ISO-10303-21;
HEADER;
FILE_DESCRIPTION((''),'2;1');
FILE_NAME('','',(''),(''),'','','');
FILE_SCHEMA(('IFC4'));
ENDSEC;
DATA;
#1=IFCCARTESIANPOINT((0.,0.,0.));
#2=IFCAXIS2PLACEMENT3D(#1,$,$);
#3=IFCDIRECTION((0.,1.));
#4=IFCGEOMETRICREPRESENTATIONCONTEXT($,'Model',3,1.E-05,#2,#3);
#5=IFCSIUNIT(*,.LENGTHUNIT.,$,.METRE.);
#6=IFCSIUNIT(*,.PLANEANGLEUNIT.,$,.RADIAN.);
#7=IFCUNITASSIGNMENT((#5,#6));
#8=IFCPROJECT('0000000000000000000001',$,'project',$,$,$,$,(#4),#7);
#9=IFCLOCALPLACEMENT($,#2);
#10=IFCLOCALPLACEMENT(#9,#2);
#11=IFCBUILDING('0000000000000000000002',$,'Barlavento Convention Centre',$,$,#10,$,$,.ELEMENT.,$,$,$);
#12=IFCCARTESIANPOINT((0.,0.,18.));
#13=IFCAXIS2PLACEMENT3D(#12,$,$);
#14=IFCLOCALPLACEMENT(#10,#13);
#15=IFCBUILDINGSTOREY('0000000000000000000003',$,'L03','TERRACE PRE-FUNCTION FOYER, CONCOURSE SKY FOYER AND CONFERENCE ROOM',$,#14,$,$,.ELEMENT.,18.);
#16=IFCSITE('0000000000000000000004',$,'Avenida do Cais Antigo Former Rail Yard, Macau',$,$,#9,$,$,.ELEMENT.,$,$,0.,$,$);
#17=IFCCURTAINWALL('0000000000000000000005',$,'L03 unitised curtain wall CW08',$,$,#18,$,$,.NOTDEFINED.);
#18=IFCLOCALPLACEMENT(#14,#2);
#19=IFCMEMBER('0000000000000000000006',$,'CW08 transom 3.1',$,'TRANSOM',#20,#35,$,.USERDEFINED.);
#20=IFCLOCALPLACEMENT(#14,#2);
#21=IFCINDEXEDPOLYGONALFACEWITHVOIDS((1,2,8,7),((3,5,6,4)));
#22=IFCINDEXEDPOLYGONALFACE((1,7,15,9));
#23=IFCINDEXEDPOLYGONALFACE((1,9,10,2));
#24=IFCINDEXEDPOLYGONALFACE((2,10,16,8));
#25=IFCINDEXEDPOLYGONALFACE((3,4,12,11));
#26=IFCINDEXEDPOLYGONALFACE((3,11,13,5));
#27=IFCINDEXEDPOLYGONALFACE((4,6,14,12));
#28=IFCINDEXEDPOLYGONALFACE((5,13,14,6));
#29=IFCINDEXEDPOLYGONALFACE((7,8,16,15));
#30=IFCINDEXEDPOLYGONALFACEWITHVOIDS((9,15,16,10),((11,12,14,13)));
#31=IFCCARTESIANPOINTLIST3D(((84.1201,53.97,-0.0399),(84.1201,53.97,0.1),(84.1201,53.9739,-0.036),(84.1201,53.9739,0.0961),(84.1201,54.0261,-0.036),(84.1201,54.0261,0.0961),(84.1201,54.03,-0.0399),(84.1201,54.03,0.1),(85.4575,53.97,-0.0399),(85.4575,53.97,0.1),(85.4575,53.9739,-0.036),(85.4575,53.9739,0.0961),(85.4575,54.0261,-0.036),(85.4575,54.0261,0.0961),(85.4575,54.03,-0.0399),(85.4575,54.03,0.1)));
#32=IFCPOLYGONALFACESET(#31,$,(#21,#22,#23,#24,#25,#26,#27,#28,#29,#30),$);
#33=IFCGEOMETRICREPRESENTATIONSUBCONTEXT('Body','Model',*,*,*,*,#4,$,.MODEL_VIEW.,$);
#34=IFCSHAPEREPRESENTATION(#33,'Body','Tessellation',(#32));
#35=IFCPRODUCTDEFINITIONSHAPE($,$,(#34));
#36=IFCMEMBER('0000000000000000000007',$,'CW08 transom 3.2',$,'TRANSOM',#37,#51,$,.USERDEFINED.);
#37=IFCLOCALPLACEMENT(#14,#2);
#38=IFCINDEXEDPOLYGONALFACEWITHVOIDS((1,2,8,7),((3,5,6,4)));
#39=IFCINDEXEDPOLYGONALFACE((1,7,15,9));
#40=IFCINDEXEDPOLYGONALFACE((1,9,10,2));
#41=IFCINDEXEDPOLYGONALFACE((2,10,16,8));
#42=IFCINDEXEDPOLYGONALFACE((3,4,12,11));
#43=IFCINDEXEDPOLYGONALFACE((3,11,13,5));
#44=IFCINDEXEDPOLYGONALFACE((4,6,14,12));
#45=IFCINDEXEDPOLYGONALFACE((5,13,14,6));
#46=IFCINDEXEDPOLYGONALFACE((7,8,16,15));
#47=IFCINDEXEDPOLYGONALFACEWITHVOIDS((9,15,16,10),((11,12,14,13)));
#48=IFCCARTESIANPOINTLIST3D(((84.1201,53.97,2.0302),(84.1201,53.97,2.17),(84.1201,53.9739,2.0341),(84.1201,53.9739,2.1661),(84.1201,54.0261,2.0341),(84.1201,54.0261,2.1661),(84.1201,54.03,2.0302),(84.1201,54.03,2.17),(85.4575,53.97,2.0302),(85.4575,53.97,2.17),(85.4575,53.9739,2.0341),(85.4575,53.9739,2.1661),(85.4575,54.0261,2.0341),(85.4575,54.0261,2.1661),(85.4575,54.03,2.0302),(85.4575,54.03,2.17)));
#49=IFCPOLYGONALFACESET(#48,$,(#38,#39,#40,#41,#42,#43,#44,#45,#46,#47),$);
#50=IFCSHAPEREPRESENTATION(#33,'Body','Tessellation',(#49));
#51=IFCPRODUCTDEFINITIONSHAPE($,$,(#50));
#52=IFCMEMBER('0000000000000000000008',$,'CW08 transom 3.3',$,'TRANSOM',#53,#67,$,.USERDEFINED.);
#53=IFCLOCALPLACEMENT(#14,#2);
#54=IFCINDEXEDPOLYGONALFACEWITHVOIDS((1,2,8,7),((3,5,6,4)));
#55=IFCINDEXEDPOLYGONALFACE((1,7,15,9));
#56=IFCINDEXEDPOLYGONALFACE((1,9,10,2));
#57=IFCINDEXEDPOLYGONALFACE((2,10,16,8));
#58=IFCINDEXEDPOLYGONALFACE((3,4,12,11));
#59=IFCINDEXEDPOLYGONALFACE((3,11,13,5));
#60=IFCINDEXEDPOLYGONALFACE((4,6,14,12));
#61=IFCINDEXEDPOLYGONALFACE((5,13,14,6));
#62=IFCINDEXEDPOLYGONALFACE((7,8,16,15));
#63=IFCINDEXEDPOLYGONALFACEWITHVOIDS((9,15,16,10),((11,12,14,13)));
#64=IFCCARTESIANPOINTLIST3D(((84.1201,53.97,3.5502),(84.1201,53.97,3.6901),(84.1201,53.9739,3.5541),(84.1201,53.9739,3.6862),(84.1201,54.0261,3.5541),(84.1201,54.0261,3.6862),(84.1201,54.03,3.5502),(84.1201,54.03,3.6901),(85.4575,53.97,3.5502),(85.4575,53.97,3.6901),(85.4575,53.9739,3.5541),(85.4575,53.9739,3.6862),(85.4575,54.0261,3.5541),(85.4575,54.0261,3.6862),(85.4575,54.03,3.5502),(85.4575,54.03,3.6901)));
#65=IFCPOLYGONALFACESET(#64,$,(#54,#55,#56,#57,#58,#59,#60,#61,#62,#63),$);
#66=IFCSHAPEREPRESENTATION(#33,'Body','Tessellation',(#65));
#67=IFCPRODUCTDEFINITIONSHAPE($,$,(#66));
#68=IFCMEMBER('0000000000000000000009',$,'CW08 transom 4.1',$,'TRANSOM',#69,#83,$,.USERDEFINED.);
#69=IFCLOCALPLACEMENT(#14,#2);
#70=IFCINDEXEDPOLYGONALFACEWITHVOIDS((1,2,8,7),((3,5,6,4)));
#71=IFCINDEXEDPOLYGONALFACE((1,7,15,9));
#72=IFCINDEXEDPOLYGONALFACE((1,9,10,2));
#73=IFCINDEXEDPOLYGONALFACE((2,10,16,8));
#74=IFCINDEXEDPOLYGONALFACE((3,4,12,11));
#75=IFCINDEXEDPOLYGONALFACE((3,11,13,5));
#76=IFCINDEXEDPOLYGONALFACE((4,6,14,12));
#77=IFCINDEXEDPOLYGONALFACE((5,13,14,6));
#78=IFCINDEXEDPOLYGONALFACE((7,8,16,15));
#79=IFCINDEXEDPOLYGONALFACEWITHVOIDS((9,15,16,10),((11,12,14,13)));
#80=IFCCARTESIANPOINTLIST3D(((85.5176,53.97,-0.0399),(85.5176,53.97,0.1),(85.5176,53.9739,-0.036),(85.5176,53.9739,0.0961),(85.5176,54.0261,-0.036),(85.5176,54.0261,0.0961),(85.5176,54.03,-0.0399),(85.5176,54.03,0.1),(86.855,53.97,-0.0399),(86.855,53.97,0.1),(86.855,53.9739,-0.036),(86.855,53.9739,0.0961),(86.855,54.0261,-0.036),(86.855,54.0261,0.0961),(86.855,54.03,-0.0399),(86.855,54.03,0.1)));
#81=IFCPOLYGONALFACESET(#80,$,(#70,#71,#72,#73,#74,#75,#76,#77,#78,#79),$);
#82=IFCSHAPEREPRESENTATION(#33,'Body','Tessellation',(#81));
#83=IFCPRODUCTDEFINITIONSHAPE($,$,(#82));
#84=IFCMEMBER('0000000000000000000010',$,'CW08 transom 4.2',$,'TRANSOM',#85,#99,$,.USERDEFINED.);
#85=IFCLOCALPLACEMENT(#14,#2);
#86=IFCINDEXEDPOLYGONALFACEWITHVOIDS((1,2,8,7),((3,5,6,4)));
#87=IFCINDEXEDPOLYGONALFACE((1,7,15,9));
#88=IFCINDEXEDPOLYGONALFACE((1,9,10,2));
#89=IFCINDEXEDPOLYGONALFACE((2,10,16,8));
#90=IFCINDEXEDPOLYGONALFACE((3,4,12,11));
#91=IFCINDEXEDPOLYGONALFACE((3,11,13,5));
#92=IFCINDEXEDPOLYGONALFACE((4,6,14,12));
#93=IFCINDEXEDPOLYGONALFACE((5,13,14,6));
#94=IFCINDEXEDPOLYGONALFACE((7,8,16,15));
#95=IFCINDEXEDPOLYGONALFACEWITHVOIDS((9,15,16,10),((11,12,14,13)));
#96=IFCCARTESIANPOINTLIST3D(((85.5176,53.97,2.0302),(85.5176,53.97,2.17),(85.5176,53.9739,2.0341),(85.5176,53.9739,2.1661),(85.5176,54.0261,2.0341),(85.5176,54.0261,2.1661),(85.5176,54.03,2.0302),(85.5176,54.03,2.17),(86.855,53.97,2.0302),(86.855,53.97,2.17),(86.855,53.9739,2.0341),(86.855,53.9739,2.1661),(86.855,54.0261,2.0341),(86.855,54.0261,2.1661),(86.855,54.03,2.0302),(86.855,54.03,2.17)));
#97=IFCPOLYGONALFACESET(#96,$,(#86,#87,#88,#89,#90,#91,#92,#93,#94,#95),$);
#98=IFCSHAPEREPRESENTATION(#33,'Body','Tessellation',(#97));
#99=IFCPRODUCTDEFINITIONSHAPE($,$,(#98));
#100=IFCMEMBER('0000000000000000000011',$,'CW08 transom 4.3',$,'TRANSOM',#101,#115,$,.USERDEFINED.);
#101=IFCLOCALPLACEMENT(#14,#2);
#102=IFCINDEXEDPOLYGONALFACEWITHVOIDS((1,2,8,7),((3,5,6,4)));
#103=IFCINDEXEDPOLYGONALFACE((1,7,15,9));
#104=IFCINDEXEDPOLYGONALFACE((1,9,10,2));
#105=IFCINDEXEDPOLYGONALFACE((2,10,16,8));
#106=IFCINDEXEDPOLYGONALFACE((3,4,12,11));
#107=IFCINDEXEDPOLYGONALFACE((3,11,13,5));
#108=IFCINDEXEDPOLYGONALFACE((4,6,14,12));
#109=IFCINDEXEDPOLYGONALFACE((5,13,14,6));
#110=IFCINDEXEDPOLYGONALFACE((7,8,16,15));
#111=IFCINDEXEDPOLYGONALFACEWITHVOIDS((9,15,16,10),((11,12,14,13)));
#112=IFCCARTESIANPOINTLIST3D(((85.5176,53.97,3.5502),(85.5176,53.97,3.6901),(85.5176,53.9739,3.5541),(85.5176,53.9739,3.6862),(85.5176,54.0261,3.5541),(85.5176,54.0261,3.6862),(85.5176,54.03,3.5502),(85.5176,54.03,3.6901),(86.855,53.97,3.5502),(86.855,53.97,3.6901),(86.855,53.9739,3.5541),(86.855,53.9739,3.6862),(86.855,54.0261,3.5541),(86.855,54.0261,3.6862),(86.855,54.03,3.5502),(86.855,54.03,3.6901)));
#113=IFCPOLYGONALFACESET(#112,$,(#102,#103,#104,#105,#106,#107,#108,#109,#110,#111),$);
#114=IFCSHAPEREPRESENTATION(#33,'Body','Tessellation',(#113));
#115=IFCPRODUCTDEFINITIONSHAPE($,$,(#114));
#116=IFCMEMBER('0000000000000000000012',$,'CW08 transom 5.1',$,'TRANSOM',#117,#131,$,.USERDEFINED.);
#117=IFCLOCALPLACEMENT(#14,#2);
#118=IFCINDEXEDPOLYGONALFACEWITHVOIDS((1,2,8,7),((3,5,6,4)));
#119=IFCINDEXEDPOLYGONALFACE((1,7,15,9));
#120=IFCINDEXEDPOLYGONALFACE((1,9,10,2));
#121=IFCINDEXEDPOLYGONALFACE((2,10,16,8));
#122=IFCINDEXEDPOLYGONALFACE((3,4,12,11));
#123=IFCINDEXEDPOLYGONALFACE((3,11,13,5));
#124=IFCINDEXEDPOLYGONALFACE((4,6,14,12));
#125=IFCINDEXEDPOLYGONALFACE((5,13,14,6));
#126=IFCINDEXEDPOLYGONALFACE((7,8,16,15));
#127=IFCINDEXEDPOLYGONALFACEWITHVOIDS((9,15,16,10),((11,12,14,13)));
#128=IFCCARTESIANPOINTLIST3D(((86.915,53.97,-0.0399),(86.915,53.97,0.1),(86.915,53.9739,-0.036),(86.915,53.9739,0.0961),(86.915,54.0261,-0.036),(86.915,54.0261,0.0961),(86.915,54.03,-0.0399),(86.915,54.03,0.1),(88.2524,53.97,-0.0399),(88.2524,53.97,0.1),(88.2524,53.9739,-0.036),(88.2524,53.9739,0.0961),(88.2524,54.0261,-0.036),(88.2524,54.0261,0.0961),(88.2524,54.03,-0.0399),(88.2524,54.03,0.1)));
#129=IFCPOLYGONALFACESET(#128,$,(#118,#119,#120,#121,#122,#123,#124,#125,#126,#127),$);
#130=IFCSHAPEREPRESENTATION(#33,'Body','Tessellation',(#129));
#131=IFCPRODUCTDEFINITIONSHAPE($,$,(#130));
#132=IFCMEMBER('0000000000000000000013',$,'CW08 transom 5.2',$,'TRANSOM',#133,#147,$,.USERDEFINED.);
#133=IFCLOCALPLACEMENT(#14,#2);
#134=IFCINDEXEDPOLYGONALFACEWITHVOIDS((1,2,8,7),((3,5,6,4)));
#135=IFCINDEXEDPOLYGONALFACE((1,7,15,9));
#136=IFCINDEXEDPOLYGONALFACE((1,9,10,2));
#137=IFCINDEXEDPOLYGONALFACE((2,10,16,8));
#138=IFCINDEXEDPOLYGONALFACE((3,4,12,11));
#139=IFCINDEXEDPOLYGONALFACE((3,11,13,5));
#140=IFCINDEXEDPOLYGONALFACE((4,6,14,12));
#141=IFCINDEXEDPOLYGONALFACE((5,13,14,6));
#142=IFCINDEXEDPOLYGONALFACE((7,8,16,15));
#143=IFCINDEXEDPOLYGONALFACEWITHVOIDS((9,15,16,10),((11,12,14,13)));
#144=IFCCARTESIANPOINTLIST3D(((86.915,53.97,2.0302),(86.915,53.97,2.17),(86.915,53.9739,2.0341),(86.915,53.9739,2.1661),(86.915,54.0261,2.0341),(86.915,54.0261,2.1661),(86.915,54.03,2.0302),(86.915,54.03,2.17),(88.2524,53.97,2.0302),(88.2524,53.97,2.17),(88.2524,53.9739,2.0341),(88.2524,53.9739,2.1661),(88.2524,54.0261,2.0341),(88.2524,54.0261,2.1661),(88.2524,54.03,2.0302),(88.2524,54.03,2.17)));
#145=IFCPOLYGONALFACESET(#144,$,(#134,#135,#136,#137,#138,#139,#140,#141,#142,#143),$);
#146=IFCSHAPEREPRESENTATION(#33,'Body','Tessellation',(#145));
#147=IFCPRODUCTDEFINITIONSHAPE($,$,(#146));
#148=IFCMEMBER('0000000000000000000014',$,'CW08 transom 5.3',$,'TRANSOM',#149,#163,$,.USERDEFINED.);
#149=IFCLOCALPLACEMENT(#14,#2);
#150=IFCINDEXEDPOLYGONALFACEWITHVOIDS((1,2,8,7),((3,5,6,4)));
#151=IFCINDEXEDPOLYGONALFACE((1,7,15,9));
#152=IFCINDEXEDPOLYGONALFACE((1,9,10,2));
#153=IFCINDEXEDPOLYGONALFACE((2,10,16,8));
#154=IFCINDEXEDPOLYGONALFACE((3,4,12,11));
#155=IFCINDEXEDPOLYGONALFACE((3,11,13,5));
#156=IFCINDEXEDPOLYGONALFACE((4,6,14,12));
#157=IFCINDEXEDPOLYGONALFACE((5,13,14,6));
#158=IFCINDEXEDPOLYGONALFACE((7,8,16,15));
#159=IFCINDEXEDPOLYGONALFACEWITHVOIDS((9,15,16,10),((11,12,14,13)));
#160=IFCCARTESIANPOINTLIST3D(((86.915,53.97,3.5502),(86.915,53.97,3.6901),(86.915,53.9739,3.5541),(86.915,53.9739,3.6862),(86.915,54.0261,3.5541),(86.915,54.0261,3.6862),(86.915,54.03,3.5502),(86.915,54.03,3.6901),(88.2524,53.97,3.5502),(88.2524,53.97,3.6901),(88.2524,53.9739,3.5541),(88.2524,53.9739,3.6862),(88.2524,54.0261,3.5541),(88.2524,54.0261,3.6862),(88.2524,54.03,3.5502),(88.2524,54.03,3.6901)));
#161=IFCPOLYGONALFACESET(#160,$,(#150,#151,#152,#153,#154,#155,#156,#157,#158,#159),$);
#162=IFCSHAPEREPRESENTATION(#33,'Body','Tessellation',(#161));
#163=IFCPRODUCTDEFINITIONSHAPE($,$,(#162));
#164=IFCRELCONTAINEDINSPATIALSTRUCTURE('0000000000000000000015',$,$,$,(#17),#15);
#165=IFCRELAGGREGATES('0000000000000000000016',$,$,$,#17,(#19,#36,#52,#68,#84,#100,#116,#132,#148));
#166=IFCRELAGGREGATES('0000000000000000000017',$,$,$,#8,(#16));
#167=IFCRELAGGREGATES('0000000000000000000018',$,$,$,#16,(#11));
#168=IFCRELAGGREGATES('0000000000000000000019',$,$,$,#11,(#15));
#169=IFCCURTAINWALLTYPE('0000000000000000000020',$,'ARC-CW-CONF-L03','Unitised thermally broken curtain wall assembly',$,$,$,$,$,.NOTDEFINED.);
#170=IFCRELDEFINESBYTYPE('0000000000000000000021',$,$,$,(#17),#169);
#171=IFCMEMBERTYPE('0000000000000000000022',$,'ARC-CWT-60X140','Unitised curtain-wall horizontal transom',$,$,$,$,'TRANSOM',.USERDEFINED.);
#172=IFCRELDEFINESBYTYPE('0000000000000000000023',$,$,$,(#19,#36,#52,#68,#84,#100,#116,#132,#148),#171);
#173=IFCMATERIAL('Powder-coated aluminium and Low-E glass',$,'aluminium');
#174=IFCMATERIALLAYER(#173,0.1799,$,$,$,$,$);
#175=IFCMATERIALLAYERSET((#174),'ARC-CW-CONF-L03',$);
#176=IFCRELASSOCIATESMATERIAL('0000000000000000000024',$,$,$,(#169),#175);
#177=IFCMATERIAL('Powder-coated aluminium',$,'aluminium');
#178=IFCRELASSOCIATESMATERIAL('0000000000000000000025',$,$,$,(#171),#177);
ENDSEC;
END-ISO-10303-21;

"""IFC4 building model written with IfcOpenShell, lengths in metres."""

from ifc_helpers import new_model, si_unit, direction, frame, origin, origin_2d, place, context, subcontext, project, spatial, hollow_rectangle, extrude, material, layer, layer_set, material_profile, profile_set, type_object, element, aggregate, save


model = new_model("IFC4")

# Units and contexts
model_context = context("Model", 3, precision=1e-05, world=origin(), true_north=direction((0.0, 1.0)))
body_context = subcontext(model_context, "Body", "Model", "MODEL_VIEW")
ifc_project = project(units=[si_unit("LENGTHUNIT", "METRE"), si_unit("PLANEANGLEUNIT", "RADIAN")], contexts=[model_context])

# Site, building, storey
site_placement = place(None, origin())
site = spatial("IfcSite", under=ifc_project, at=site_placement, Name="Avenida do Cais Antigo Former Rail Yard, Macau", CompositionType="ELEMENT", RefElevation=0.0)
building_placement = place(site_placement, origin())
building = spatial("IfcBuilding", under=site, at=building_placement, Name="Barlavento Convention Centre", CompositionType="ELEMENT")
storey_placement = place(building_placement, frame((0.0, 0.0, 18.0)))
storey = spatial("IfcBuildingStorey", under=building, at=storey_placement, Name="L03", Description="TERRACE PRE-FUNCTION FOYER, CONCOURSE SKY FOYER AND CONFERENCE ROOM", CompositionType="ELEMENT", Elevation=18.0)

# Curtain wall, members
ifc_material_1 = material(Name="Powder-coated aluminium and Low-E glass", Category="aluminium")
ifc_layer_1 = layer(ifc_material_1, 0.1799)
ifc_layer_set_1 = layer_set([ifc_layer_1], Name="ARC-CW-CONF-L03")
curtain_wall_type = type_object("IfcCurtainWallType", Name="ARC-CW-CONF-L03", Description="Unitised thermally broken curtain wall assembly", PredefinedType="NOTDEFINED", material=ifc_layer_set_1)
curtain_wall_placement = place(storey_placement, origin())
curtain_wall = element("IfcCurtainWall", 1, at=curtain_wall_placement, inside=storey, type_object=curtain_wall_type, Name="L03 unitised curtain wall CW08", PredefinedType="NOTDEFINED")
ifc_material_2 = material(Name="Powder-coated aluminium", Category="aluminium")
ifc_material_profile_1 = material_profile(ifc_material_2, hollow_rectangle(XDim=0.0601, YDim=0.1399, WallThickness=0.0039, at=origin_2d()), Name="AL-TRAN 60x140x4")
ifc_profile_set_1 = profile_set([ifc_material_profile_1], Name="Powder-coated aluminium")
member_type_1 = type_object("IfcMemberType", Name="ARC-CWT-60X140", Description="Unitised curtain-wall horizontal transom", ElementType="TRANSOM", PredefinedType="USERDEFINED", material=ifc_profile_set_1)
member_1_placement = place(storey_placement, frame((84.1201, 54.0, 0.03), z_axis=(1.0, 0.0, 0.0), x_axis=(0.0, 1.0, 0.0)))
member_1 = element("IfcMember", 2, at=member_1_placement, type_object=member_type_1, Name="CW08 transom 3.1", ObjectType="TRANSOM", PredefinedType="USERDEFINED", context=body_context, shape_type="SweptSolid", body=[
    extrude(hollow_rectangle(XDim=0.0601, YDim=0.1399, WallThickness=0.0039, at=origin_2d()), origin(), (0.0, 0.0, 1.0), 1.3374),
])
member_2_placement = place(storey_placement, frame((84.1201, 54.0, 2.1001), z_axis=(1.0, 0.0, 0.0), x_axis=(0.0, 1.0, 0.0)))
member_2 = element("IfcMember", 3, at=member_2_placement, type_object=member_type_1, Name="CW08 transom 3.2", ObjectType="TRANSOM", PredefinedType="USERDEFINED", context=body_context, shape_type="SweptSolid", body=[
    extrude(hollow_rectangle(XDim=0.0601, YDim=0.1399, WallThickness=0.0039, at=origin_2d()), origin(), (0.0, 0.0, 1.0), 1.3374),
])
member_3_placement = place(storey_placement, frame((84.1201, 54.0, 3.6201), z_axis=(1.0, 0.0, 0.0), x_axis=(0.0, 1.0, 0.0)))
member_3 = element("IfcMember", 4, at=member_3_placement, type_object=member_type_1, Name="CW08 transom 3.3", ObjectType="TRANSOM", PredefinedType="USERDEFINED", context=body_context, shape_type="SweptSolid", body=[
    extrude(hollow_rectangle(XDim=0.0601, YDim=0.1399, WallThickness=0.0039, at=origin_2d()), origin(), (0.0, 0.0, 1.0), 1.3374),
])
member_4_placement = place(storey_placement, frame((85.5176, 54.0, 0.03), z_axis=(1.0, 0.0, 0.0), x_axis=(0.0, 1.0, 0.0)))
member_4 = element("IfcMember", 5, at=member_4_placement, type_object=member_type_1, Name="CW08 transom 4.1", ObjectType="TRANSOM", PredefinedType="USERDEFINED", context=body_context, shape_type="SweptSolid", body=[
    extrude(hollow_rectangle(XDim=0.0601, YDim=0.1399, WallThickness=0.0039, at=origin_2d()), origin(), (0.0, 0.0, 1.0), 1.3374),
])
member_5_placement = place(storey_placement, frame((85.5176, 54.0, 2.1001), z_axis=(1.0, 0.0, 0.0), x_axis=(0.0, 1.0, 0.0)))
member_5 = element("IfcMember", 6, at=member_5_placement, type_object=member_type_1, Name="CW08 transom 4.2", ObjectType="TRANSOM", PredefinedType="USERDEFINED", context=body_context, shape_type="SweptSolid", body=[
    extrude(hollow_rectangle(XDim=0.0601, YDim=0.1399, WallThickness=0.0039, at=origin_2d()), origin(), (0.0, 0.0, 1.0), 1.3374),
])
member_6_placement = place(storey_placement, frame((85.5176, 54.0, 3.6201), z_axis=(1.0, 0.0, 0.0), x_axis=(0.0, 1.0, 0.0)))
member_6 = element("IfcMember", 7, at=member_6_placement, type_object=member_type_1, Name="CW08 transom 4.3", ObjectType="TRANSOM", PredefinedType="USERDEFINED", context=body_context, shape_type="SweptSolid", body=[
    extrude(hollow_rectangle(XDim=0.0601, YDim=0.1399, WallThickness=0.0039, at=origin_2d()), origin(), (0.0, 0.0, 1.0), 1.3374),
])
member_7_placement = place(storey_placement, frame((86.915, 54.0, 0.03), z_axis=(1.0, 0.0, 0.0), x_axis=(0.0, 1.0, 0.0)))
member_7 = element("IfcMember", 8, at=member_7_placement, type_object=member_type_1, Name="CW08 transom 5.1", ObjectType="TRANSOM", PredefinedType="USERDEFINED", context=body_context, shape_type="SweptSolid", body=[
    extrude(hollow_rectangle(XDim=0.0601, YDim=0.1399, WallThickness=0.0039, at=origin_2d()), origin(), (0.0, 0.0, 1.0), 1.3374),
])
member_8_placement = place(storey_placement, frame((86.915, 54.0, 2.1001), z_axis=(1.0, 0.0, 0.0), x_axis=(0.0, 1.0, 0.0)))
member_8 = element("IfcMember", 9, at=member_8_placement, type_object=member_type_1, Name="CW08 transom 5.2", ObjectType="TRANSOM", PredefinedType="USERDEFINED", context=body_context, shape_type="SweptSolid", body=[
    extrude(hollow_rectangle(XDim=0.0601, YDim=0.1399, WallThickness=0.0039, at=origin_2d()), origin(), (0.0, 0.0, 1.0), 1.3374),
])
member_9_placement = place(storey_placement, frame((86.915, 54.0, 3.6201), z_axis=(1.0, 0.0, 0.0), x_axis=(0.0, 1.0, 0.0)))
member_9 = element("IfcMember", 10, at=member_9_placement, type_object=member_type_1, Name="CW08 transom 5.3", ObjectType="TRANSOM", PredefinedType="USERDEFINED", context=body_context, shape_type="SweptSolid", body=[
    extrude(hollow_rectangle(XDim=0.0601, YDim=0.1399, WallThickness=0.0039, at=origin_2d()), origin(), (0.0, 0.0, 1.0), 1.3374),
])

aggregate(curtain_wall, [member_1, member_2, member_3, member_4, member_5, member_6, member_7, member_8, member_9])

save(model, "model.ifc")
